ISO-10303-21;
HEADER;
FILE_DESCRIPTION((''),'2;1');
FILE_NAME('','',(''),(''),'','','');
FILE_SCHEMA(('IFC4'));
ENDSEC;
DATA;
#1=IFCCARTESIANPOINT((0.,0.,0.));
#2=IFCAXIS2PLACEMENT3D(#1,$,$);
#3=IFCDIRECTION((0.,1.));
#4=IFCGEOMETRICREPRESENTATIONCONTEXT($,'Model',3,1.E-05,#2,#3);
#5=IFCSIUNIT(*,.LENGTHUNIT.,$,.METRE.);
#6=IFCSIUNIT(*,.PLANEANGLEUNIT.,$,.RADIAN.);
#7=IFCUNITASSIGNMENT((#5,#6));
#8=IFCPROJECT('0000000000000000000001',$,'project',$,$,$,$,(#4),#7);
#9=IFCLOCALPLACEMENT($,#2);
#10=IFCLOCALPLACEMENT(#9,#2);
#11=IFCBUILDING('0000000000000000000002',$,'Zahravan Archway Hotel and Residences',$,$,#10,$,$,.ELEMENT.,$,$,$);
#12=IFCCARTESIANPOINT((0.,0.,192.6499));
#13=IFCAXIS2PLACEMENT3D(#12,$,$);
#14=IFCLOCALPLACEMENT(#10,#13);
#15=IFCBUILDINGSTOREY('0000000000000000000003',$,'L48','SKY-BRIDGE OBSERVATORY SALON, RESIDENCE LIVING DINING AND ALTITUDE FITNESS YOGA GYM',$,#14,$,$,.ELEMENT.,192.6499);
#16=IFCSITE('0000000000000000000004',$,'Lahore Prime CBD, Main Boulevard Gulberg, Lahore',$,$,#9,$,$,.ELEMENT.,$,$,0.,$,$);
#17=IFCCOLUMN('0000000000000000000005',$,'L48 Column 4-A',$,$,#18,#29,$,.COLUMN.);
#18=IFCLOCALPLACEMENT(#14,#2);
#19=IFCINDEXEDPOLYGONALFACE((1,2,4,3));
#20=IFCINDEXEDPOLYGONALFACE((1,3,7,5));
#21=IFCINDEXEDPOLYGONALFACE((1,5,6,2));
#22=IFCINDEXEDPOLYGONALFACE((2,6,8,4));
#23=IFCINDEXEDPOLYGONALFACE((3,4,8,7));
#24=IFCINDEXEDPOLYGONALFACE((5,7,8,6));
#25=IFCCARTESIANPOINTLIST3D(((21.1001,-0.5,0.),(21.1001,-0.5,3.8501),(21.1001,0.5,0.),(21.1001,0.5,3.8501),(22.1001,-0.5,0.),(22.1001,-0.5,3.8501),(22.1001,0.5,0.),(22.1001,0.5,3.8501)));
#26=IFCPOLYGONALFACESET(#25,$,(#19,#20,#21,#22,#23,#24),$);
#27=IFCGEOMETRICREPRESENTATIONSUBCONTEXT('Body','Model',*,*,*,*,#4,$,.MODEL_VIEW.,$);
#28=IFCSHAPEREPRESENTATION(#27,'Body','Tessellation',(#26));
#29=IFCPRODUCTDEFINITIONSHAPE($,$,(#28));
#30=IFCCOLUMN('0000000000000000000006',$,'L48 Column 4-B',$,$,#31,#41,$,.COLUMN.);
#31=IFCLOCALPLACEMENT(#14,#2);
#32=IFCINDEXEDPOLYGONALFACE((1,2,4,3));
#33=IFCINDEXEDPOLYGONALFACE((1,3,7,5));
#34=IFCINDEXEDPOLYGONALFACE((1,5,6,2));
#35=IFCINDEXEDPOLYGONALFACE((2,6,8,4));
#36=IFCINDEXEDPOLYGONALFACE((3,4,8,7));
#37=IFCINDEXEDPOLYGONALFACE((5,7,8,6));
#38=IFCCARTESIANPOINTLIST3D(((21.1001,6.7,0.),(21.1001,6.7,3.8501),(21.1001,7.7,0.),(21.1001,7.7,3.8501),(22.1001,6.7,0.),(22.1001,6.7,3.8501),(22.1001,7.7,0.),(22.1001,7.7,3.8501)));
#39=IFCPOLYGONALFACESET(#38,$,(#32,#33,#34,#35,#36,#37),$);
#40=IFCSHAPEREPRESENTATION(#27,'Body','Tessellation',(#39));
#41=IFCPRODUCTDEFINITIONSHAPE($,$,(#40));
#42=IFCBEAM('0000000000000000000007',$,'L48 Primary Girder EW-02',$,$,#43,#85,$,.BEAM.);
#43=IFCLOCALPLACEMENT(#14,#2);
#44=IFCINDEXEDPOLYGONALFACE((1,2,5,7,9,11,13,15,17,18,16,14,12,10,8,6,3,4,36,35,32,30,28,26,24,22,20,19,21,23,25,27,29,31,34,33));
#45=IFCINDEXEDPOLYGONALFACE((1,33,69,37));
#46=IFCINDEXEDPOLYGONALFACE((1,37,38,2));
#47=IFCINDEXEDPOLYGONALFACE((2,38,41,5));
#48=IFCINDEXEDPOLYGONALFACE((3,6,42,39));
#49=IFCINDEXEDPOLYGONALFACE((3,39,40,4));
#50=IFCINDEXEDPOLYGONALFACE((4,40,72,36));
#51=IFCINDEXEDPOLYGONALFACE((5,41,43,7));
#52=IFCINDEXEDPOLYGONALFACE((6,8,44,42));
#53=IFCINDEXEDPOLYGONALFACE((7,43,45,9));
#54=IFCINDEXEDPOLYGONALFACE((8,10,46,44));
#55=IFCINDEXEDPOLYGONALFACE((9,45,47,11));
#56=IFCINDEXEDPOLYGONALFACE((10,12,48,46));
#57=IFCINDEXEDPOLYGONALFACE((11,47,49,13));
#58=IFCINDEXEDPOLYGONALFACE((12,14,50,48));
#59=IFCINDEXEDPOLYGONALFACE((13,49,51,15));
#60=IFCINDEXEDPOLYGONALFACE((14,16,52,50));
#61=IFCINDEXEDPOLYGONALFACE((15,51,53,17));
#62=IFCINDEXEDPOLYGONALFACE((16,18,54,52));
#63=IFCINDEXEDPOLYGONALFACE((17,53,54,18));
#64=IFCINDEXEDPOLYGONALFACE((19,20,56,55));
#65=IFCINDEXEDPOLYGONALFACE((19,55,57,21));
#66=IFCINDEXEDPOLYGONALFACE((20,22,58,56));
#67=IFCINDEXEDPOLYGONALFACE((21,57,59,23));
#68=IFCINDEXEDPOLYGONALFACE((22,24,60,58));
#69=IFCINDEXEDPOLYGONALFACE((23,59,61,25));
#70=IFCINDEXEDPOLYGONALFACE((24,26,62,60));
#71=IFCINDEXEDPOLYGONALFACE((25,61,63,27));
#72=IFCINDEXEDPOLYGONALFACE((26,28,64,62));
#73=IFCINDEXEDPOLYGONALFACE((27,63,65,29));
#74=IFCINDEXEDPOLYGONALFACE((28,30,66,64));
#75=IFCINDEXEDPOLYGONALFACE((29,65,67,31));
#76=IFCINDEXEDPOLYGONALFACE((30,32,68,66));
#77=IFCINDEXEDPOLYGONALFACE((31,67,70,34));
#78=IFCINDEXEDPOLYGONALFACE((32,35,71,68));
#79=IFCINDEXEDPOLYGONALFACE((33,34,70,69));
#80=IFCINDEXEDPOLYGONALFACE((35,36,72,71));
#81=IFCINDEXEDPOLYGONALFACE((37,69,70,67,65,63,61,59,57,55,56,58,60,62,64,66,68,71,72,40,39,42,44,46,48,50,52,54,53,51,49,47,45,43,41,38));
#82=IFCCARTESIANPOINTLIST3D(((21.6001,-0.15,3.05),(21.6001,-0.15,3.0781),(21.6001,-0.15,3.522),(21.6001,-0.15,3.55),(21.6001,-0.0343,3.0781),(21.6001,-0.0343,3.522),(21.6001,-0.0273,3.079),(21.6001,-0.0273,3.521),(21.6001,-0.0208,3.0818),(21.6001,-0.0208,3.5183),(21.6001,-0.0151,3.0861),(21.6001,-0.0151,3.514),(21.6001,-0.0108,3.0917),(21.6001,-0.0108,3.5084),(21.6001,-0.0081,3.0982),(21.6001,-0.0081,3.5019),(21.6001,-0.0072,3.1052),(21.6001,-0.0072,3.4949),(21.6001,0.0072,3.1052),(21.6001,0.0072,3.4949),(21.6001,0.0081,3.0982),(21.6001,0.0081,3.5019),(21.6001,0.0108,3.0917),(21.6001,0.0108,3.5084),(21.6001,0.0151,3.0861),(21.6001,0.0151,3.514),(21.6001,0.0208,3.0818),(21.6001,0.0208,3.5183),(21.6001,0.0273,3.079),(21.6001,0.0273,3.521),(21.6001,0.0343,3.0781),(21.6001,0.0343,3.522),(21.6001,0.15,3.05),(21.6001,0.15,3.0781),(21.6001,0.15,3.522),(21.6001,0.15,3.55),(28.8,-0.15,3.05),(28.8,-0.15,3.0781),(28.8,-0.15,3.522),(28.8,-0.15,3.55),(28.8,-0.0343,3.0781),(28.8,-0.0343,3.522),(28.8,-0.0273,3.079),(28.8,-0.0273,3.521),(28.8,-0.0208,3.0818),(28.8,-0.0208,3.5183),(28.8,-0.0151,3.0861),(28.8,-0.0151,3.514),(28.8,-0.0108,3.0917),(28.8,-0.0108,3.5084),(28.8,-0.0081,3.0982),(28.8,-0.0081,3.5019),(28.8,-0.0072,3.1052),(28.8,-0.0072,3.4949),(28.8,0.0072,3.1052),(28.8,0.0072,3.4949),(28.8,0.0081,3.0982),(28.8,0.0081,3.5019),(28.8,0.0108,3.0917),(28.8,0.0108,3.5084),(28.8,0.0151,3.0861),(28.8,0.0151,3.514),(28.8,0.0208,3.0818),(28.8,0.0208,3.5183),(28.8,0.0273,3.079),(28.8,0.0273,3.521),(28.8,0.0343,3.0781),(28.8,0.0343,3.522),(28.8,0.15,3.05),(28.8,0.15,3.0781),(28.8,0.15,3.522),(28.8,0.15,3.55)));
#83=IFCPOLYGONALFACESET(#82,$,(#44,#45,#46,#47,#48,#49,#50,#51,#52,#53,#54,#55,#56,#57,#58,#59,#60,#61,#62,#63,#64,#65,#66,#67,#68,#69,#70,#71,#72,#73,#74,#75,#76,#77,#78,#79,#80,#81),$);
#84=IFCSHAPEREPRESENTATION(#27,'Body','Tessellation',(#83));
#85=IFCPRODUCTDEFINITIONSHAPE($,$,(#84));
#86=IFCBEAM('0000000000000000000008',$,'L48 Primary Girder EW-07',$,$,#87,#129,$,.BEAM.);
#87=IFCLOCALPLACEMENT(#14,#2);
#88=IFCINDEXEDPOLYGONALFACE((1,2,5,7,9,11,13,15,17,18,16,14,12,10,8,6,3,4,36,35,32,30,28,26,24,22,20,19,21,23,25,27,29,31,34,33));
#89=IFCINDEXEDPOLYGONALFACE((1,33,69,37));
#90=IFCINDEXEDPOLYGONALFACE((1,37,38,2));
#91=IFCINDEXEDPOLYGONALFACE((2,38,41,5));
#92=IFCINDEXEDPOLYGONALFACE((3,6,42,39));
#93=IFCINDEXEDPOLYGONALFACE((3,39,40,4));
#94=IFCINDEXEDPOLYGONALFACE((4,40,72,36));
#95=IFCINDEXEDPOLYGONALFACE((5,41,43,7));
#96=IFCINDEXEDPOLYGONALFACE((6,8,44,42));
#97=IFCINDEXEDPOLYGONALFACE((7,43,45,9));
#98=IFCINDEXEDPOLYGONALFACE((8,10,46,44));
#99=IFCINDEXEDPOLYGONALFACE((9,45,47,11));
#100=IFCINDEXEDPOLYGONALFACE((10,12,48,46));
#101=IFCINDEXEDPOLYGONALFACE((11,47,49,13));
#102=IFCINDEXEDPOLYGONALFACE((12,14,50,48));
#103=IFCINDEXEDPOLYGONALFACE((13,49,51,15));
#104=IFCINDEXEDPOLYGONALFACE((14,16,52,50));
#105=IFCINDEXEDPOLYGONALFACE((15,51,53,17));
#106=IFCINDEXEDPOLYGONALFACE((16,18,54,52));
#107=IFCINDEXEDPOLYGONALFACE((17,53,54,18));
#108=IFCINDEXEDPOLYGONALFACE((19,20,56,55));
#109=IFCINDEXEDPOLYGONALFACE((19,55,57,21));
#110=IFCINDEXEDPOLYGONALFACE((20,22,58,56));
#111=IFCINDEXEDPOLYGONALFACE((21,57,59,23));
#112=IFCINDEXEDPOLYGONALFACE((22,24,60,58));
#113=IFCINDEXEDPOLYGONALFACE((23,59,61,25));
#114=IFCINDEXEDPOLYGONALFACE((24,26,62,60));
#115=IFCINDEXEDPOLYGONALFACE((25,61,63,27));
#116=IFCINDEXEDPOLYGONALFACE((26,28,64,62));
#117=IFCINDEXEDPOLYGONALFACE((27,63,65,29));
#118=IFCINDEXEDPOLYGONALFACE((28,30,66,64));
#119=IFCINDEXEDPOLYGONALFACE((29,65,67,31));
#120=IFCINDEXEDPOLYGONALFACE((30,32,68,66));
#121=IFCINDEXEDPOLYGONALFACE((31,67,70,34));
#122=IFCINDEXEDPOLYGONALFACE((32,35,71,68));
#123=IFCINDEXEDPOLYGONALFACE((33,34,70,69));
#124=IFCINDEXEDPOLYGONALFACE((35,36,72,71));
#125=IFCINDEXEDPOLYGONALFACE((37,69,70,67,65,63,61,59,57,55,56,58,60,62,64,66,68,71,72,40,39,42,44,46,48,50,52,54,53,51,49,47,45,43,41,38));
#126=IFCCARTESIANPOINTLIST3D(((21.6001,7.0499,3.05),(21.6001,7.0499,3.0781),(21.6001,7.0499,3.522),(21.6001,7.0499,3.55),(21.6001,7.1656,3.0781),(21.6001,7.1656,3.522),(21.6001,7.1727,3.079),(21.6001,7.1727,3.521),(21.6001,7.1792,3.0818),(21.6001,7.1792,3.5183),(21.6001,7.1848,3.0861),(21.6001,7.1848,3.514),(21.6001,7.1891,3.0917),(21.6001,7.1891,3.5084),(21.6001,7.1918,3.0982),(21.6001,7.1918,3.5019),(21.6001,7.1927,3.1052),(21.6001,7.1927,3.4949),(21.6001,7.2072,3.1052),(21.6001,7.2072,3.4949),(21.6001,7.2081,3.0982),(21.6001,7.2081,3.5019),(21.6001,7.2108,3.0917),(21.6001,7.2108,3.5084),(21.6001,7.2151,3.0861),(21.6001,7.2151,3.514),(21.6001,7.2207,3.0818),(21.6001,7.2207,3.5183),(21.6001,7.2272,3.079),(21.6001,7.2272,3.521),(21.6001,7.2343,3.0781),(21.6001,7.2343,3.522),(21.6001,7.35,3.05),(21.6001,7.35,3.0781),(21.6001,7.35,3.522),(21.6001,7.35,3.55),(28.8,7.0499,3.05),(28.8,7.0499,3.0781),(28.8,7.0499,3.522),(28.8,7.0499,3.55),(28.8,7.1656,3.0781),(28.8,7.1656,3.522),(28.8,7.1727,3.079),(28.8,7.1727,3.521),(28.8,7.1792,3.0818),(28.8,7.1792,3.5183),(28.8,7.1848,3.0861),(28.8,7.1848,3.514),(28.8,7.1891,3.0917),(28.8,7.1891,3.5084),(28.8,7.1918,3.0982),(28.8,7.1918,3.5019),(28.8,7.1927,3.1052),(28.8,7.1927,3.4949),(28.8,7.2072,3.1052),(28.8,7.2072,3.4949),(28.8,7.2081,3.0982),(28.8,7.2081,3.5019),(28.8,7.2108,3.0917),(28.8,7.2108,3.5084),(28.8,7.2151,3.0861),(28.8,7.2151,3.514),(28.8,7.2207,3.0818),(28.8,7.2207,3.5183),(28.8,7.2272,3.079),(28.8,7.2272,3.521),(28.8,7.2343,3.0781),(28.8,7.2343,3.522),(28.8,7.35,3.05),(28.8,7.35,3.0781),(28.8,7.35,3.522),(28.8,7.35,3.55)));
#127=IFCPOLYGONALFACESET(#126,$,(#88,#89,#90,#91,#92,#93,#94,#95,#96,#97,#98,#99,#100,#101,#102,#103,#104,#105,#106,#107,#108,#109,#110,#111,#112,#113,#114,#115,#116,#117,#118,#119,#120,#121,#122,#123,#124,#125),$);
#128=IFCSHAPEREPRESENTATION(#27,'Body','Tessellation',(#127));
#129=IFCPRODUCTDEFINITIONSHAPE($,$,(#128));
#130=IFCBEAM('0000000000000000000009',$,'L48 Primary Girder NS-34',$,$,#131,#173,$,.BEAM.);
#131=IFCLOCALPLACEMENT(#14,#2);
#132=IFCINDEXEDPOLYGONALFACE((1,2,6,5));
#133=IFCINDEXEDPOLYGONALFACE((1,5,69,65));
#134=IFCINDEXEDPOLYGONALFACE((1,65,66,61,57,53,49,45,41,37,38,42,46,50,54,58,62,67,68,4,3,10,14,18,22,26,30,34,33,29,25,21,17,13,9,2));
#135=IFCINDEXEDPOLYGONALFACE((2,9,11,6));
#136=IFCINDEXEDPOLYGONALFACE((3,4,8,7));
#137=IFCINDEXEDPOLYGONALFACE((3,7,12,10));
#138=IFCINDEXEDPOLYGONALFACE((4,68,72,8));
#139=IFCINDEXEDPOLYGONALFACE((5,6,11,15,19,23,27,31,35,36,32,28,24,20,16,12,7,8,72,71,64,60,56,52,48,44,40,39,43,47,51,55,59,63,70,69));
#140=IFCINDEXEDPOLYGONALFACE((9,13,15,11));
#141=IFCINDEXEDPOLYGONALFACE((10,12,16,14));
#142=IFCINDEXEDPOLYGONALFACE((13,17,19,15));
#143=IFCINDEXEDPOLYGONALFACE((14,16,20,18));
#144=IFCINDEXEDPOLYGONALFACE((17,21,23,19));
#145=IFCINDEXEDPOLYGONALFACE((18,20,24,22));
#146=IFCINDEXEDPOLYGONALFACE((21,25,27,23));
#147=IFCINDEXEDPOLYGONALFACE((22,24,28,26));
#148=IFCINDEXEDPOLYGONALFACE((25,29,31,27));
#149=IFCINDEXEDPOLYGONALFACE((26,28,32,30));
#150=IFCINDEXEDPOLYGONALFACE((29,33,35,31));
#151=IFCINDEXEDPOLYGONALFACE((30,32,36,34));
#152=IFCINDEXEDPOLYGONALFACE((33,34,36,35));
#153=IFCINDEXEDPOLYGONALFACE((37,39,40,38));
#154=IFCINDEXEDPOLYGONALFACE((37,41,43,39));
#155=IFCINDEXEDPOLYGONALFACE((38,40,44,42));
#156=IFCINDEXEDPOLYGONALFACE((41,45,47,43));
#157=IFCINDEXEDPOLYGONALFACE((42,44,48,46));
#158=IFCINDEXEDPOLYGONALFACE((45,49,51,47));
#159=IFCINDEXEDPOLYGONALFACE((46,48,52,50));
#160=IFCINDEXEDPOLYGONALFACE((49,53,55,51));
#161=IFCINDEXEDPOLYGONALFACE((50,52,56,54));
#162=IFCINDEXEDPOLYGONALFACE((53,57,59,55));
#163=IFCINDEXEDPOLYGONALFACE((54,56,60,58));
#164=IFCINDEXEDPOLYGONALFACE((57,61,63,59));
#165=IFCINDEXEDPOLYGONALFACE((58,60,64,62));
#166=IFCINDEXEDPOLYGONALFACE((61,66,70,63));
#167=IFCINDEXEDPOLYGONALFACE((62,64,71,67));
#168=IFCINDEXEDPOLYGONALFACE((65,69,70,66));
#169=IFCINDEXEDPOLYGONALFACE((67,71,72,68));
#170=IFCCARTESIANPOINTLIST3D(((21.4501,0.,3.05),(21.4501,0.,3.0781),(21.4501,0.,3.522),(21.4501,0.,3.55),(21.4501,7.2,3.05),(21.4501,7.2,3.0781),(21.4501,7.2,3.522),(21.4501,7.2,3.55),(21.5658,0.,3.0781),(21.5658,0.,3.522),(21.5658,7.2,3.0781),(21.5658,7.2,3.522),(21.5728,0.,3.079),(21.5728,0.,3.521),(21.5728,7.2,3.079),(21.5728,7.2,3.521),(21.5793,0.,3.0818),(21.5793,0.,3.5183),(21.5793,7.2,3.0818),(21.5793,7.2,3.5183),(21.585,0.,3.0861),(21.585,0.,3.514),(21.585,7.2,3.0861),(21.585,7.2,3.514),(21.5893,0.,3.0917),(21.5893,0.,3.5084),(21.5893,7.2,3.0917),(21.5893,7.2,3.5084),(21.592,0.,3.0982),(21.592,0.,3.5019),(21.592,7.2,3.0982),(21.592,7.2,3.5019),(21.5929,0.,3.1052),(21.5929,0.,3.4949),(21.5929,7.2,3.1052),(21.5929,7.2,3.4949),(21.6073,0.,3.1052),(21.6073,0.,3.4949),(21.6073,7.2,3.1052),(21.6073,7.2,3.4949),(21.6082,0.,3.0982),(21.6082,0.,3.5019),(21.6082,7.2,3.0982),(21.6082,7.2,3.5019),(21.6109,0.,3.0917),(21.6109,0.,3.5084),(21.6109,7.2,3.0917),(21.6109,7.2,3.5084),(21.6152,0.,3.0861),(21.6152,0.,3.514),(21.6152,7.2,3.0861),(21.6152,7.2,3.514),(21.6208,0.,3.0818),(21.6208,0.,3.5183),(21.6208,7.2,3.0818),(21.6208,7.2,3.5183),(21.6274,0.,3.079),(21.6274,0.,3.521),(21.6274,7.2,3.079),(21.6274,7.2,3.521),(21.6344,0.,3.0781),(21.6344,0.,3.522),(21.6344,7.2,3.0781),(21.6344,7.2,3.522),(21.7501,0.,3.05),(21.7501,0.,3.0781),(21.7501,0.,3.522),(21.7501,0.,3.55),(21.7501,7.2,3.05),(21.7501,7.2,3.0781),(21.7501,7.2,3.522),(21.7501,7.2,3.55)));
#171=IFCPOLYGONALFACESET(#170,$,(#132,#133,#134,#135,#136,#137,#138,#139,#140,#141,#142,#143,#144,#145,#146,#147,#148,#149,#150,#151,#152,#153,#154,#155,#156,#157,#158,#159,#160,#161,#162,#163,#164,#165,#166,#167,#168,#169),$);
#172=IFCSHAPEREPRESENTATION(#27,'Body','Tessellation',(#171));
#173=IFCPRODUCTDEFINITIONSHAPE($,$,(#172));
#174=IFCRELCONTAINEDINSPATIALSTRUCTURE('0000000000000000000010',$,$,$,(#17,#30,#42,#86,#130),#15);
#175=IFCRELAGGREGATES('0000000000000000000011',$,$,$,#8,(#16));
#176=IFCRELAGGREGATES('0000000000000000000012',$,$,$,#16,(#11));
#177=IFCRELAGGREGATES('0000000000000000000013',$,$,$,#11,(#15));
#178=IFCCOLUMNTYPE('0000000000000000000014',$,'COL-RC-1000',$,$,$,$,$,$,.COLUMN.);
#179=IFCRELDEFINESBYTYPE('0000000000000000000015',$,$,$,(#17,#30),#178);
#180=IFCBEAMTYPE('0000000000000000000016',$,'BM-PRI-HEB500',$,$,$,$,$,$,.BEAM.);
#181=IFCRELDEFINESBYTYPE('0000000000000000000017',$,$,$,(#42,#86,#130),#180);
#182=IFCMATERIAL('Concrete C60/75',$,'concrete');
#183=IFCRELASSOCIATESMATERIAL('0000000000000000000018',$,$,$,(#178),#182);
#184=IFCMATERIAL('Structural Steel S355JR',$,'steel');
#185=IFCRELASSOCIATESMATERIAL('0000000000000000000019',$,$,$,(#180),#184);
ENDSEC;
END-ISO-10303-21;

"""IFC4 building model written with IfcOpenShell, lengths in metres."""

from ifc_helpers import new_model, si_unit, direction, frame, origin, origin_2d, place, context, subcontext, project, spatial, rectangle, i_section, extrude, source, transform, mapped, material, material_profile, profile_set, type_object, element, save


model = new_model("IFC4")

# Units and contexts
model_context = context("Model", 3, precision=1e-05, world=origin(), true_north=direction((0.0, 1.0)))
body_context = subcontext(model_context, "Body", "Model", "MODEL_VIEW")
ifc_project = project(units=[si_unit("LENGTHUNIT", "METRE"), si_unit("PLANEANGLEUNIT", "RADIAN")], contexts=[model_context])

# Site, building, storey
site_placement = place(None, origin())
site = spatial("IfcSite", under=ifc_project, at=site_placement, Name="Lahore Prime CBD, Main Boulevard Gulberg, Lahore", CompositionType="ELEMENT", RefElevation=0.0)
building_placement = place(site_placement, origin())
building = spatial("IfcBuilding", under=site, at=building_placement, Name="Zahravan Archway Hotel and Residences", CompositionType="ELEMENT")
storey_placement = place(building_placement, frame((0.0, 0.0, 192.6499)))
storey = spatial("IfcBuildingStorey", under=building, at=storey_placement, Name="L48", Description="SKY-BRIDGE OBSERVATORY SALON, RESIDENCE LIVING DINING AND ALTITUDE FITNESS YOGA GYM", CompositionType="ELEMENT", Elevation=192.6499)

# Columns
ifc_material_1 = material(Name="Concrete C60/75", Category="concrete")
ifc_material_profile_1 = material_profile(ifc_material_1, rectangle(XDim=1.0, YDim=1.0, at=origin_2d()), Name="RC-COL-1000x1000", Category="concrete")
ifc_profile_set_1 = profile_set([ifc_material_profile_1], Name="Concrete C60/75")
column_type = type_object("IfcColumnType", Name="COL-RC-1000", PredefinedType="COLUMN", material=ifc_profile_set_1)
shared_shape_1 = source(origin(), body_context, "Body", "SweptSolid", [
    extrude(rectangle(XDim=1.0, YDim=1.0, at=origin_2d()), origin(), (0.0, 0.0, 1.0), 3.8501),
])
for number, where, z_axis, x_axis, name in (
    (1, (21.6001, 0.0, 0.0), (0.0, 0.0, 1.0), (1.0, 0.0, 0.0), "L48 Column 4-A"),
    (2, (21.6001, 7.2, 0.0), (0.0, 0.0, 1.0), (1.0, 0.0, 0.0), "L48 Column 4-B"),
):
    element("IfcColumn", number, at=place(storey_placement, frame(where, z_axis=z_axis, x_axis=x_axis)), inside=storey, type_object=column_type, Name=name, PredefinedType="COLUMN", context=body_context, shape_type="MappedRepresentation", body=[
        mapped(shared_shape_1, transform((0.0, 0.0, 0.0), scale=1.0)),
    ])

# Beams
ifc_material_2 = material(Name="Structural Steel S355JR", Category="steel")
ifc_material_profile_2 = material_profile(ifc_material_2, i_section(OverallWidth=0.3, OverallDepth=0.5, WebThickness=0.0144, FlangeThickness=0.0281, FilletRadius=0.0271, at=origin_2d()), Name="HEB 500", Category="steel")
ifc_profile_set_2 = profile_set([ifc_material_profile_2], Name="Structural Steel S355JR")
beam_type_1 = type_object("IfcBeamType", Name="BM-PRI-HEB500", PredefinedType="BEAM", material=ifc_profile_set_2)
shared_shape_2 = source(origin(), body_context, "Body", "SweptSolid", [
    extrude(i_section(OverallWidth=0.3, OverallDepth=0.5, WebThickness=0.0144, FlangeThickness=0.0281, FilletRadius=0.0271, at=origin_2d()), origin(), (0.0, 0.0, 1.0), 7.2),
])
for number, where, z_axis, x_axis, name in (
    (3, (21.6001, 0.0, 3.3), (1.0, 0.0, 0.0), (0.0, 1.0, 0.0), "L48 Primary Girder EW-02"),
    (4, (21.6001, 7.2, 3.3), (1.0, 0.0, 0.0), (0.0, 1.0, 0.0), "L48 Primary Girder EW-07"),
    (5, (21.6001, 0.0, 3.3), (0.0, 1.0, 0.0), (-1.0, 0.0, 0.0), "L48 Primary Girder NS-34"),
):
    element("IfcBeam", number, at=place(storey_placement, frame(where, z_axis=z_axis, x_axis=x_axis)), inside=storey, type_object=beam_type_1, Name=name, PredefinedType="BEAM", context=body_context, shape_type="MappedRepresentation", body=[
        mapped(shared_shape_2, transform((0.0, 0.0, 0.0), scale=1.0)),
    ])

save(model, "model.ifc")
